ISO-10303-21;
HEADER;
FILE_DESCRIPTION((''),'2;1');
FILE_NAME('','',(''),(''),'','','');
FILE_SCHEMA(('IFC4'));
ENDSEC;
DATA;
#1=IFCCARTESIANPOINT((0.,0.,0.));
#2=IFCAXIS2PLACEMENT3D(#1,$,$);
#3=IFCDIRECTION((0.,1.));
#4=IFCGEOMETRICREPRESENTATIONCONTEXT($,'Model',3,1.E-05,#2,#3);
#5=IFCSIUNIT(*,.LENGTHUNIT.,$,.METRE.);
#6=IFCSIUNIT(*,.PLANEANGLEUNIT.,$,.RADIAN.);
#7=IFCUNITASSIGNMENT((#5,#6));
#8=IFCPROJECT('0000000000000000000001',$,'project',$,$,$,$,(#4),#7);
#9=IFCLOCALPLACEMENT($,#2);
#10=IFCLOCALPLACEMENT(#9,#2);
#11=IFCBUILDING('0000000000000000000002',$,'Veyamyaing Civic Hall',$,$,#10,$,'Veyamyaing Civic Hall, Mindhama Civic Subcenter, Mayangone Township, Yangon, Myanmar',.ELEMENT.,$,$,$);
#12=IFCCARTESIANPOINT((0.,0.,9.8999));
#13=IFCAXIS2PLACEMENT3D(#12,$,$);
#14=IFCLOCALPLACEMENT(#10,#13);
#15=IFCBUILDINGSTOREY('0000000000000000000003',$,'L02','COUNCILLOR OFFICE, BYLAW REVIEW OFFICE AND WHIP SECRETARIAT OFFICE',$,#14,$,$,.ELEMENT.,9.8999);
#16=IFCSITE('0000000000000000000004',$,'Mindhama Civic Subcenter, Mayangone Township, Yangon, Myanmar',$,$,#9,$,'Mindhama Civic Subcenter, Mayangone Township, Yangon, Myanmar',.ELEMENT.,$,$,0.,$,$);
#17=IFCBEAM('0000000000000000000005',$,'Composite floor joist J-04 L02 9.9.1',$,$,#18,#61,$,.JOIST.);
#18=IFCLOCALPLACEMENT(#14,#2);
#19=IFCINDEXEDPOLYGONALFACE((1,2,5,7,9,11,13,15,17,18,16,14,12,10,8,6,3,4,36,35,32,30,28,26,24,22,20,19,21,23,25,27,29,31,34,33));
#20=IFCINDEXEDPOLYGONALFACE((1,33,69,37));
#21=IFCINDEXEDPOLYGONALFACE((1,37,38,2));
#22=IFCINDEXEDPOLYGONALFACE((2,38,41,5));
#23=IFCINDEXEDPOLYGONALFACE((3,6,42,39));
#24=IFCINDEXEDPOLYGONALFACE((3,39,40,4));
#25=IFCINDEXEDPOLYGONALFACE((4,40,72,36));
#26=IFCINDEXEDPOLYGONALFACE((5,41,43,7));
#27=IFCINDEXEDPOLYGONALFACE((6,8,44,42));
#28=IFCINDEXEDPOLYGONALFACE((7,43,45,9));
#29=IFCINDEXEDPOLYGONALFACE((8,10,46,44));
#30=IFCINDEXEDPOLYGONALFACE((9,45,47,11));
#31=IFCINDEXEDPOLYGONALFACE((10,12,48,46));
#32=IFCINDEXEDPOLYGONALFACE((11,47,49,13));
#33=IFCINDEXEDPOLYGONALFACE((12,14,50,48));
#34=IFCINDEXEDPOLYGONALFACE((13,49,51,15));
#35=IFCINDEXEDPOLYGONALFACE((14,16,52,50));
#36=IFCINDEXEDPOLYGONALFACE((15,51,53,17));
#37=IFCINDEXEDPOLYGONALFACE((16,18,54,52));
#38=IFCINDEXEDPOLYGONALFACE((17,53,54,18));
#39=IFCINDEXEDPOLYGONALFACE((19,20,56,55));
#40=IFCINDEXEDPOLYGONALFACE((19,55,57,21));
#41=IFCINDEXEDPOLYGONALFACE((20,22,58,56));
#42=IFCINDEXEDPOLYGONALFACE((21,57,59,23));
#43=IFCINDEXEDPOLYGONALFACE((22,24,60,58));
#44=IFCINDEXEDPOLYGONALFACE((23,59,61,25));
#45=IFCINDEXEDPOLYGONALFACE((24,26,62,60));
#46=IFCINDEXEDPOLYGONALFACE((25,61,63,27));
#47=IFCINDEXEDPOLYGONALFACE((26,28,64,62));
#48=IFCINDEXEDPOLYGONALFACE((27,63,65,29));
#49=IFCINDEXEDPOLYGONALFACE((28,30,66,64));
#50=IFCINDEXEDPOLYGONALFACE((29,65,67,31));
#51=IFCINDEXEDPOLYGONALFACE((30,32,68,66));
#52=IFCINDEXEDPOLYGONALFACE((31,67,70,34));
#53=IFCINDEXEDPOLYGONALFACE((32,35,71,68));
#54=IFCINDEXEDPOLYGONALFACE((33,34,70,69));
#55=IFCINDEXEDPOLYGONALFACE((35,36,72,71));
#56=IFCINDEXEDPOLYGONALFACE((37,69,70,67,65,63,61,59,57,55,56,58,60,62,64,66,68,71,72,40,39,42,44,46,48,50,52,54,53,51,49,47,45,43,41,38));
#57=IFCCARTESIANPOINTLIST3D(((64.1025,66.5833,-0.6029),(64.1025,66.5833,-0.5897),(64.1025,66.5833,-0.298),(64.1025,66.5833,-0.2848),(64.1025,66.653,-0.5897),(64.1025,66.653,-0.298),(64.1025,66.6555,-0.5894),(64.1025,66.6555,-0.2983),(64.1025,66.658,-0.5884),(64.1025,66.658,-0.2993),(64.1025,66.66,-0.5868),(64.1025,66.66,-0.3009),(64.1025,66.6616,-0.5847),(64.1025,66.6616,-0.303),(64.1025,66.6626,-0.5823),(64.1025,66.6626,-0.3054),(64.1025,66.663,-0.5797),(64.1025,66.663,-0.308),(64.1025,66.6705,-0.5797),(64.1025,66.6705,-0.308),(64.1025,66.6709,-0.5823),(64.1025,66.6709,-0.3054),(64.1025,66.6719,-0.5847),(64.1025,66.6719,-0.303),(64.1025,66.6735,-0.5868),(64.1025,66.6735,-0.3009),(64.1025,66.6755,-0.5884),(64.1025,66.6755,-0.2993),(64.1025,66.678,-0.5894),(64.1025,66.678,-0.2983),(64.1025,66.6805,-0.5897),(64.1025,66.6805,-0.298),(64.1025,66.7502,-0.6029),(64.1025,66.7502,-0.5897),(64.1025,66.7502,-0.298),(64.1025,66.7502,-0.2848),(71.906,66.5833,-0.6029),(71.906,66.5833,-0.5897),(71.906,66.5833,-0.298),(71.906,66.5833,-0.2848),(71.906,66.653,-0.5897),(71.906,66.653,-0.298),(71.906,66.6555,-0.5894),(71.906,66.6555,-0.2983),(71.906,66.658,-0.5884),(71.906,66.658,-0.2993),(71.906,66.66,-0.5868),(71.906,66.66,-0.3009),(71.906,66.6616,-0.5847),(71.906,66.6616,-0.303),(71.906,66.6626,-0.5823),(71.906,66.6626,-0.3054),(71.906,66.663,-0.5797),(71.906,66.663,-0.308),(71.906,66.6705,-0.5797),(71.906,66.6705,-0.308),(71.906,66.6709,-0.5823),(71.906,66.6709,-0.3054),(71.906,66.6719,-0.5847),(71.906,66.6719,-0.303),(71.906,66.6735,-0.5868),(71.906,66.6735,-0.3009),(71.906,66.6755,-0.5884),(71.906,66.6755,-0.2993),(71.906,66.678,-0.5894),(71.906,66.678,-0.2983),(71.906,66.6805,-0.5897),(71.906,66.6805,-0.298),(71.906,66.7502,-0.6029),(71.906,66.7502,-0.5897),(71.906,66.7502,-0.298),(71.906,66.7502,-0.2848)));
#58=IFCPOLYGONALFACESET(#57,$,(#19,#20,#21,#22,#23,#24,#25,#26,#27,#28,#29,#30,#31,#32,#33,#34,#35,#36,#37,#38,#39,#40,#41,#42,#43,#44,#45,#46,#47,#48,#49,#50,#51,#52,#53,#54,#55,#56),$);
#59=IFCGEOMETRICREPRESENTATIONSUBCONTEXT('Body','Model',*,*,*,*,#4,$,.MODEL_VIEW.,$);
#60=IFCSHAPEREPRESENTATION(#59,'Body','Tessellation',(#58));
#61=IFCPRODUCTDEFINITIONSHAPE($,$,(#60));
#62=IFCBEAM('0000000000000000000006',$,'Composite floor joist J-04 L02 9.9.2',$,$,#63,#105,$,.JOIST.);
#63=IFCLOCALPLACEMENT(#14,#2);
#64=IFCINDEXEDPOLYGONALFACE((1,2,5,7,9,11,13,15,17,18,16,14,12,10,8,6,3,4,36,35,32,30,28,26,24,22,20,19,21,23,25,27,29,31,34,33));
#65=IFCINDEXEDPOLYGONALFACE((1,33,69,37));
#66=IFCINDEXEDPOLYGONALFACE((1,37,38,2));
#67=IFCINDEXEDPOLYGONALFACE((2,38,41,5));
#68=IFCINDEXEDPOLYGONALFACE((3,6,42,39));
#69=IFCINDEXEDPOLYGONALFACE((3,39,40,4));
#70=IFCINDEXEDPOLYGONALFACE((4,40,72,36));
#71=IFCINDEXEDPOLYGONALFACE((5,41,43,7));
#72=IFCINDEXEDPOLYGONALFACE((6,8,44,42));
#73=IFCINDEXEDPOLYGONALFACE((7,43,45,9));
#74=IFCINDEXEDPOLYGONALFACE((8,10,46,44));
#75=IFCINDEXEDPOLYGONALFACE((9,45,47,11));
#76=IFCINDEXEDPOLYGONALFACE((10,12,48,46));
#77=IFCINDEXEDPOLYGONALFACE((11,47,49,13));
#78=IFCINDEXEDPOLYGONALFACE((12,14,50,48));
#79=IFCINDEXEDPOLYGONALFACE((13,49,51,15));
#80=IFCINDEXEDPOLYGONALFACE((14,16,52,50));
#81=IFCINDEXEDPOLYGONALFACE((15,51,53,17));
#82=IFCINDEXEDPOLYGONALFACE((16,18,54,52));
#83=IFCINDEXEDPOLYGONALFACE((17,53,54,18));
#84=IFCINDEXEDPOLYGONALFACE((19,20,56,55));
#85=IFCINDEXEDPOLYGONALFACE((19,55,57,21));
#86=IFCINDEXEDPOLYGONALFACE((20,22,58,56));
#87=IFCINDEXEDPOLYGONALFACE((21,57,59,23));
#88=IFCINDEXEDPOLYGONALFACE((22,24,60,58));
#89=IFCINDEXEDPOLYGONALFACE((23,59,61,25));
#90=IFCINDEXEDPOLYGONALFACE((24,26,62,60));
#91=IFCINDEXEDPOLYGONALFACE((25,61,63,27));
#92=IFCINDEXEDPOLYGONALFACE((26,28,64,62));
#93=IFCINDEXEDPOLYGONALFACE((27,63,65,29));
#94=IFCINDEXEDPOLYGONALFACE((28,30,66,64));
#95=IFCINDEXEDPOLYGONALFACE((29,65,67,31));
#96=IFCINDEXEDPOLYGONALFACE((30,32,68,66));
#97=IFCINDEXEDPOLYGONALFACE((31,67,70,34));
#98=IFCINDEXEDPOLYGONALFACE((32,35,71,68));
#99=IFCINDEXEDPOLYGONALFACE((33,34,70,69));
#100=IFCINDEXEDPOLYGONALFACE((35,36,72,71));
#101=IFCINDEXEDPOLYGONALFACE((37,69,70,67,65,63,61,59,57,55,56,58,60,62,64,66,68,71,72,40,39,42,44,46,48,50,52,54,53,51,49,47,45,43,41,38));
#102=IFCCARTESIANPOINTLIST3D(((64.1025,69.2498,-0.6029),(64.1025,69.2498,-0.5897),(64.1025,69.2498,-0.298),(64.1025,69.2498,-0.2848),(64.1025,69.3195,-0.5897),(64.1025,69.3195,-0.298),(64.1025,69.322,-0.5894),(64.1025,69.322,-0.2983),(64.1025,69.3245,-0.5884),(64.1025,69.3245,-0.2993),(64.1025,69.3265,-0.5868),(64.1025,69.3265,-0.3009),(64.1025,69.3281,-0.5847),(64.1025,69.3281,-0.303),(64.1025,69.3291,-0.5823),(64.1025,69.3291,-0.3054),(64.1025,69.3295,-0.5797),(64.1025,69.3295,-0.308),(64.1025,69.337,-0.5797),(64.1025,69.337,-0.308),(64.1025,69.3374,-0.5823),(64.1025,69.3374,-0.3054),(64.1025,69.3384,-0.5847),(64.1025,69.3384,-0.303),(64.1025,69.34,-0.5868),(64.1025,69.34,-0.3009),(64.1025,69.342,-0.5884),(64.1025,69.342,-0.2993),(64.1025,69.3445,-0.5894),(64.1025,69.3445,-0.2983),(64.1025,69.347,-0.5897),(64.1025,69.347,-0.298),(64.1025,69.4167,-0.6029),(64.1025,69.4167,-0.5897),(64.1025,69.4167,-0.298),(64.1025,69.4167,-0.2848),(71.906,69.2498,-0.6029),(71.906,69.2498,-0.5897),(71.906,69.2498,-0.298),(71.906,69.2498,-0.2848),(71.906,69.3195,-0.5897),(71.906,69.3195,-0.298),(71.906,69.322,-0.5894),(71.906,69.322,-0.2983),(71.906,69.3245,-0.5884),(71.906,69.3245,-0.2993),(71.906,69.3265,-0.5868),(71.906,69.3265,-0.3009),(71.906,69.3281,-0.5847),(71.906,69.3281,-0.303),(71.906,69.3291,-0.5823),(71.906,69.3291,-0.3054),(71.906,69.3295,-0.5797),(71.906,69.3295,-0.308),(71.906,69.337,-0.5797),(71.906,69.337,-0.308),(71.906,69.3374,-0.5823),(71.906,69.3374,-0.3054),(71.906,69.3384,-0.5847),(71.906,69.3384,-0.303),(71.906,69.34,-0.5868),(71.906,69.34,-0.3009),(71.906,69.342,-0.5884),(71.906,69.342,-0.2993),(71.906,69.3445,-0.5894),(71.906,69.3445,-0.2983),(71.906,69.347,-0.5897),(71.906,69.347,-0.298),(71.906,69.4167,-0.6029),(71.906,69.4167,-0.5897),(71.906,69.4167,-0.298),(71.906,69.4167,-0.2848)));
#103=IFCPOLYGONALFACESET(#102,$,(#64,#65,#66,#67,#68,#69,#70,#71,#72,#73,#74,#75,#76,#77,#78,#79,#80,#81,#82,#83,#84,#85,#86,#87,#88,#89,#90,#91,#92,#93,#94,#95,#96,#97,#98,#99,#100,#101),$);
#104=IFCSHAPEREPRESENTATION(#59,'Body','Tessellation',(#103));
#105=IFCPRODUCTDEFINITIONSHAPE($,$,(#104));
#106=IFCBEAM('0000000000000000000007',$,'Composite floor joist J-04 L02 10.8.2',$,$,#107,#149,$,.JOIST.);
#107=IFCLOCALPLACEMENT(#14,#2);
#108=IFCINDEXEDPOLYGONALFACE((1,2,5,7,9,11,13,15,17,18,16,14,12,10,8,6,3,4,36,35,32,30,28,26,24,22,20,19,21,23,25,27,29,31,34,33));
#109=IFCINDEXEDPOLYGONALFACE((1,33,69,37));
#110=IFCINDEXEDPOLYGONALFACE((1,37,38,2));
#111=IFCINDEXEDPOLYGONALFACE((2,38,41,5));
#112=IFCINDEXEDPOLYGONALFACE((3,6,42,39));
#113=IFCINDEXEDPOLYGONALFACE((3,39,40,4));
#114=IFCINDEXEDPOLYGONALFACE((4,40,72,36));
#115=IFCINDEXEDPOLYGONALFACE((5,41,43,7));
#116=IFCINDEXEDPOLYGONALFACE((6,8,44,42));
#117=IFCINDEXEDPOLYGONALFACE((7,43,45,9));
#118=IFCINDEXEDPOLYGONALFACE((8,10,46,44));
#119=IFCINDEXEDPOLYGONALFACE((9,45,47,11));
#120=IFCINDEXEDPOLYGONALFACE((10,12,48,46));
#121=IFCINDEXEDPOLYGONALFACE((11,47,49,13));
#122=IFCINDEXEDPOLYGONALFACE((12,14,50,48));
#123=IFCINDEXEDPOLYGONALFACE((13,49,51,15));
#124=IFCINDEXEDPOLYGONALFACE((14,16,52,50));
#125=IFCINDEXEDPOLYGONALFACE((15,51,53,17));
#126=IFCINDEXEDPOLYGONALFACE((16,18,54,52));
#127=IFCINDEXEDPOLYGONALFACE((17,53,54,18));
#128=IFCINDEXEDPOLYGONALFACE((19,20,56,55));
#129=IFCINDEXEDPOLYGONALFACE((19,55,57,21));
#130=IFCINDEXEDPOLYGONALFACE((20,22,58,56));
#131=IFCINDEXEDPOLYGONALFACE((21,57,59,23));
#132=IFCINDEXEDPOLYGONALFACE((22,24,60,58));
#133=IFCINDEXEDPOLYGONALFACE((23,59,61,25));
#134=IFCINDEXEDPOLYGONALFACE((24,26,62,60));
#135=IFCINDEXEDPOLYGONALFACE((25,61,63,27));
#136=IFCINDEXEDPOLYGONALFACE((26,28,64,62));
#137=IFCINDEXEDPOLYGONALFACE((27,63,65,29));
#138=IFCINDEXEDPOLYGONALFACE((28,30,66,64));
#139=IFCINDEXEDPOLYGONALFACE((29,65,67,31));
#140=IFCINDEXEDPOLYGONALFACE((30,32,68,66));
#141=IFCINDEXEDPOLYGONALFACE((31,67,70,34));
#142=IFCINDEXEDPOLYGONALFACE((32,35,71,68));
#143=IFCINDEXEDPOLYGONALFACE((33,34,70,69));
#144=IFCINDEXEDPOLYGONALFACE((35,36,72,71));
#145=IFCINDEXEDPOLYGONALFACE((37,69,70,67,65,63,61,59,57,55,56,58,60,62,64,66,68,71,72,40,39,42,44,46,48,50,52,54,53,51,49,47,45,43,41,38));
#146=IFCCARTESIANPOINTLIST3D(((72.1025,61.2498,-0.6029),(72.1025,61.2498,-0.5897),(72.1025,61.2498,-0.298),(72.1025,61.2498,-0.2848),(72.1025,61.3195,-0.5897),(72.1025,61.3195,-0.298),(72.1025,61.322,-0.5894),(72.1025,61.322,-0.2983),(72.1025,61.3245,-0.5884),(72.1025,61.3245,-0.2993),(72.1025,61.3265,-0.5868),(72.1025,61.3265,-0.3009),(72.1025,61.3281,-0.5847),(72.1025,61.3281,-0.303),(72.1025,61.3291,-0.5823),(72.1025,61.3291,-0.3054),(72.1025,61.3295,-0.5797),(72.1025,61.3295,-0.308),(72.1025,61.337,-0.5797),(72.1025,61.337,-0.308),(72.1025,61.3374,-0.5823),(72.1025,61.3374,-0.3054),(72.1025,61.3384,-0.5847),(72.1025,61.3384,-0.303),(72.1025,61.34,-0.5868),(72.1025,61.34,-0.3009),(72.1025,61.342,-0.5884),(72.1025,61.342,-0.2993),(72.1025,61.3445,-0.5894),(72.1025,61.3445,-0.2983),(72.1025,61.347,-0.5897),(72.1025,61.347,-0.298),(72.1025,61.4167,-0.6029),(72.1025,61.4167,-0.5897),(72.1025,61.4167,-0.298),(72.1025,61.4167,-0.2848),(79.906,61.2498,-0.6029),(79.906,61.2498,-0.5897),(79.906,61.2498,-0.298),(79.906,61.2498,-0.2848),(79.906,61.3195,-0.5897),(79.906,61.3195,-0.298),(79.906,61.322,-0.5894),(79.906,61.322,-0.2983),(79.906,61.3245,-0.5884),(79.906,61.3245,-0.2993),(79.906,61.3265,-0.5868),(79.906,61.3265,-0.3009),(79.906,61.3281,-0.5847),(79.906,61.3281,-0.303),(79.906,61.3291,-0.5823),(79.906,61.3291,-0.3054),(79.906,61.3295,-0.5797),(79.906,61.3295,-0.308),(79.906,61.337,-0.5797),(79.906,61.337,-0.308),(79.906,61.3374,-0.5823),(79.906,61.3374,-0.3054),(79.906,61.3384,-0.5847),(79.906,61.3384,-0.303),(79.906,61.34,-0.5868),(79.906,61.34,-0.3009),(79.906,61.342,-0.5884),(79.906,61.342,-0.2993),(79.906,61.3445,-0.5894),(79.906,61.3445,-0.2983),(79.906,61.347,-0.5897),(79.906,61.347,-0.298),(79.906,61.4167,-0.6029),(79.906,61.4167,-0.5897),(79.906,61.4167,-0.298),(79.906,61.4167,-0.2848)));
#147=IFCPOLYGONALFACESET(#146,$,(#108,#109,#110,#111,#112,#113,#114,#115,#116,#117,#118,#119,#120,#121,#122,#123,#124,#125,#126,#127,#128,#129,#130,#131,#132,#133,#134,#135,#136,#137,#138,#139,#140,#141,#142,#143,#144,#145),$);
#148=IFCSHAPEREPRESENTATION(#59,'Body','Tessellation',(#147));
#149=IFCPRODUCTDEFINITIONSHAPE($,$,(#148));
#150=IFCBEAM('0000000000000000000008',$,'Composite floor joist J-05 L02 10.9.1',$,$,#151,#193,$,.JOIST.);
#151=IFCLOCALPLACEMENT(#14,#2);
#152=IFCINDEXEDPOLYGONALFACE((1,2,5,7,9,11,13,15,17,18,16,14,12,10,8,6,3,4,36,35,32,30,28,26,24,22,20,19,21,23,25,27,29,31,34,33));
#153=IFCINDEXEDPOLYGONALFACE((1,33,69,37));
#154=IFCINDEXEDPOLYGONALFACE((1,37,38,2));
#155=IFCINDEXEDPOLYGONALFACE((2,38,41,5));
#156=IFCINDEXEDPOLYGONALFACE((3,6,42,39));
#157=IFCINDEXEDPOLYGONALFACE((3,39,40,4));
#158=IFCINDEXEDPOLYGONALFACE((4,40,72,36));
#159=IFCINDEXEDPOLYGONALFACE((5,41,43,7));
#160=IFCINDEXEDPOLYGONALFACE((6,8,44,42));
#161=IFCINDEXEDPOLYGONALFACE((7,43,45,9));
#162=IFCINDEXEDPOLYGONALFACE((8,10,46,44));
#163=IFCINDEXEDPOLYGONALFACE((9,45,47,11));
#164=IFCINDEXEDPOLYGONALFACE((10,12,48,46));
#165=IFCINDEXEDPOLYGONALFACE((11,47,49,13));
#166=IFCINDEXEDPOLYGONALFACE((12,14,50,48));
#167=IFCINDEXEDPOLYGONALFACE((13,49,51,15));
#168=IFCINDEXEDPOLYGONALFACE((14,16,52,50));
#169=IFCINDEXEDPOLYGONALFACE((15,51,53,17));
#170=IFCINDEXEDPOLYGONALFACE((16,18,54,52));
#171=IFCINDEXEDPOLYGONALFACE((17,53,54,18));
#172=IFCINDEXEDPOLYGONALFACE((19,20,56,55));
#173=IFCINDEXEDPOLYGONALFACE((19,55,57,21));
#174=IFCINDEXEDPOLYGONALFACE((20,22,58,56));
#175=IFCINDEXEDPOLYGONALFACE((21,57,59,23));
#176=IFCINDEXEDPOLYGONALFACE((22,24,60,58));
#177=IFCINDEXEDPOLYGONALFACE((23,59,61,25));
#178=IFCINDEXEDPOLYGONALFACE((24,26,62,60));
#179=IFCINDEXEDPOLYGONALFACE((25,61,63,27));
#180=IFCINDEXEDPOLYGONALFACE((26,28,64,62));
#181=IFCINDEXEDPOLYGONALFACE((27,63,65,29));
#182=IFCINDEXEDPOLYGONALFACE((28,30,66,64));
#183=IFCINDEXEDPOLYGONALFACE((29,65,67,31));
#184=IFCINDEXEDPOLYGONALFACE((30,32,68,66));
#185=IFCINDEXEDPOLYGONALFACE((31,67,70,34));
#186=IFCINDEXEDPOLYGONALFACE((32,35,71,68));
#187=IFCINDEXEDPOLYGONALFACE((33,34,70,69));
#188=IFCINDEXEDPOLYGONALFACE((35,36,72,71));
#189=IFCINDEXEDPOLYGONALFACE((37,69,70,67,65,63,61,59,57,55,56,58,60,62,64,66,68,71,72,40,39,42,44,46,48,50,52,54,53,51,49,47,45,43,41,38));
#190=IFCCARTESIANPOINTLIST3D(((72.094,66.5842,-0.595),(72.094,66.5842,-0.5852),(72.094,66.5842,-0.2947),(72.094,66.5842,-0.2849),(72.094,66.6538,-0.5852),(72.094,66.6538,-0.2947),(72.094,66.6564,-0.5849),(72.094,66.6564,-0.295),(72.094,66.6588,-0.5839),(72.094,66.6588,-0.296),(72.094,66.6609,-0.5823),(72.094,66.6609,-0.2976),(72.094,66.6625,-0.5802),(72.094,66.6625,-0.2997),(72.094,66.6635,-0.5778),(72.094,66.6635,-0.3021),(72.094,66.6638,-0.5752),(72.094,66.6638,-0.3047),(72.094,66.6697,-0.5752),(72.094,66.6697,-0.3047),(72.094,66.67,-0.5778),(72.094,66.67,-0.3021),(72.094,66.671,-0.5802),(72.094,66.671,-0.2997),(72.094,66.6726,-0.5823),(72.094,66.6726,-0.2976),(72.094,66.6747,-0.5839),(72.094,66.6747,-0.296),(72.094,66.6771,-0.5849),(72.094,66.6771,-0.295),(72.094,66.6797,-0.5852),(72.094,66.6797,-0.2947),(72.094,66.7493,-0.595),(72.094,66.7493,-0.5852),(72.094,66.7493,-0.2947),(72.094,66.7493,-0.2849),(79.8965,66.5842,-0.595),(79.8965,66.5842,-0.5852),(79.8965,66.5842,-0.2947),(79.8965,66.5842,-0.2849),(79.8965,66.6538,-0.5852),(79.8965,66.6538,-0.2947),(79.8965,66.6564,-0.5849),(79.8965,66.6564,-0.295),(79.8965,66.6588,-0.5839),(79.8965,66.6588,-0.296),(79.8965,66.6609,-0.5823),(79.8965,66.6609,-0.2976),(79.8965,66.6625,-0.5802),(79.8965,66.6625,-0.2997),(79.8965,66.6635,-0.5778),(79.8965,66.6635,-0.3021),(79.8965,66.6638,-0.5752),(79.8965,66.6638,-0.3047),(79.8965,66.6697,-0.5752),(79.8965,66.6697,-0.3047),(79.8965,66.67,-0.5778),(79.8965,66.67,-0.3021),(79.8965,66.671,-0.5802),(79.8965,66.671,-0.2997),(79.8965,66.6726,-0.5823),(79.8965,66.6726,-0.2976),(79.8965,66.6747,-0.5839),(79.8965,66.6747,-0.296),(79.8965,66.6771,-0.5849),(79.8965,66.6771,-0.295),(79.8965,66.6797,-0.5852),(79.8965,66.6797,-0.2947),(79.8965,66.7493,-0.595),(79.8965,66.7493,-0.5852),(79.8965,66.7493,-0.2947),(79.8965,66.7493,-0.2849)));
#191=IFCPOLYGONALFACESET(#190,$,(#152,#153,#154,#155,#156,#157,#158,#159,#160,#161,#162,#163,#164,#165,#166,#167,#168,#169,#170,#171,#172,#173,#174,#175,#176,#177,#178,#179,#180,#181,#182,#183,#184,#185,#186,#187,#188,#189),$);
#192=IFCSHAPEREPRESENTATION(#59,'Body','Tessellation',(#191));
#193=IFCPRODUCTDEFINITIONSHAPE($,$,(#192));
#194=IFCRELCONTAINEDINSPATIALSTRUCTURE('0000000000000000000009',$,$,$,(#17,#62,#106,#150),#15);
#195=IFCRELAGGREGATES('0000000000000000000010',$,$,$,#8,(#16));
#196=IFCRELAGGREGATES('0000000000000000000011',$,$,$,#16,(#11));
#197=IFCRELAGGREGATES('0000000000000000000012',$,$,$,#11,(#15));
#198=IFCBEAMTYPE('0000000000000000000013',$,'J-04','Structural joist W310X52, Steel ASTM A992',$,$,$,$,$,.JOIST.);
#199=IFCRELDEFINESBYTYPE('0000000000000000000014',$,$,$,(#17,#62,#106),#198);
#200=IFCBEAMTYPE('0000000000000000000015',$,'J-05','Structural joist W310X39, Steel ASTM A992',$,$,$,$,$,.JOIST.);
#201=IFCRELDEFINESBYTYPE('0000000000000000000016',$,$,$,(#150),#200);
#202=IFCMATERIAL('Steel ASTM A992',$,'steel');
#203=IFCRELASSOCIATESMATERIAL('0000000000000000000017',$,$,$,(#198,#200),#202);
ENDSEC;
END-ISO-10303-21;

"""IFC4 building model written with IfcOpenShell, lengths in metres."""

from ifc_helpers import new_model, si_unit, direction, frame, origin, origin_2d, place, context, subcontext, project, spatial, i_section, extrude, material, material_profile, profile_set, type_object, element, save


model = new_model("IFC4")

# Units and contexts
model_context = context("Model", 3, precision=1e-05, world=origin(), true_north=direction((0.0, 1.0)))
body_context = subcontext(model_context, "Body", "Model", "MODEL_VIEW")
ifc_project = project(units=[si_unit("LENGTHUNIT", "METRE"), si_unit("PLANEANGLEUNIT", "RADIAN")], contexts=[model_context])

# Site, building, storey
site_placement = place(None, origin())
site = spatial("IfcSite", under=ifc_project, at=site_placement, Name="Mindhama Civic Subcenter, Mayangone Township, Yangon, Myanmar", LongName="Mindhama Civic Subcenter, Mayangone Township, Yangon, Myanmar", CompositionType="ELEMENT", RefElevation=0.0)
building_placement = place(site_placement, origin())
building = spatial("IfcBuilding", under=site, at=building_placement, Name="Veyamyaing Civic Hall", LongName="Veyamyaing Civic Hall, Mindhama Civic Subcenter, Mayangone Township, Yangon, Myanmar", CompositionType="ELEMENT")
storey_placement = place(building_placement, frame((0.0, 0.0, 9.8999)))
storey = spatial("IfcBuildingStorey", under=building, at=storey_placement, Name="L02", Description="COUNCILLOR OFFICE, BYLAW REVIEW OFFICE AND WHIP SECRETARIAT OFFICE", CompositionType="ELEMENT", Elevation=9.8999)

# Beams
ifc_material_1 = material(Name="Steel ASTM A992", Category="steel")
ifc_material_profile_1 = material_profile(ifc_material_1, i_section(OverallWidth=0.167, OverallDepth=0.3181, WebThickness=0.0076, FlangeThickness=0.0132, FilletRadius=0.01, at=origin_2d()), Name="W310X52")
ifc_profile_set_1 = profile_set([ifc_material_profile_1], Name="Steel ASTM A992")
beam_type_1 = type_object("IfcBeamType", Name="J-04", Description="Structural joist W310X52, Steel ASTM A992", PredefinedType="JOIST", material=ifc_profile_set_1)
for number, where, z_axis, x_axis, name in (
    (1, (64.1025, 66.6667, -0.4438), (1.0, 0.0, 0.0), (0.0, 1.0, 0.0), "Composite floor joist J-04 L02 9.9.1"),
    (2, (64.1025, 69.3333, -0.4438), (1.0, 0.0, 0.0), (0.0, 1.0, 0.0), "Composite floor joist J-04 L02 9.9.2"),
    (3, (72.1025, 61.3333, -0.4438), (1.0, 0.0, 0.0), (0.0, 1.0, 0.0), "Composite floor joist J-04 L02 10.8.2"),
):
    element("IfcBeam", number, at=place(storey_placement, frame(where, z_axis=z_axis, x_axis=x_axis)), inside=storey, type_object=beam_type_1, Name=name, PredefinedType="JOIST", context=body_context, shape_type="SweptSolid", body=[
        extrude(i_section(OverallWidth=0.167, OverallDepth=0.3181, WebThickness=0.0076, FlangeThickness=0.0132, FilletRadius=0.01, at=origin_2d()), origin(), (0.0, 0.0, 1.0), 7.8035),
    ])
ifc_material_profile_2 = material_profile(ifc_material_1, i_section(OverallWidth=0.165, OverallDepth=0.3101, WebThickness=0.0059, FlangeThickness=0.0098, FilletRadius=0.01, at=origin_2d()), Name="W310X39")
ifc_profile_set_2 = profile_set([ifc_material_profile_2], Name="Steel ASTM A992")
beam_type_2 = type_object("IfcBeamType", Name="J-05", Description="Structural joist W310X39, Steel ASTM A992", PredefinedType="JOIST", material=ifc_profile_set_2)
for number, where, z_axis, x_axis, name in (
    (4, (72.094, 66.6667, -0.4399), (1.0, 0.0, 0.0), (0.0, 1.0, 0.0), "Composite floor joist J-05 L02 10.9.1"),
):
    element("IfcBeam", number, at=place(storey_placement, frame(where, z_axis=z_axis, x_axis=x_axis)), inside=storey, type_object=beam_type_2, Name=name, PredefinedType="JOIST", context=body_context, shape_type="SweptSolid", body=[
        extrude(i_section(OverallWidth=0.165, OverallDepth=0.3101, WebThickness=0.0059, FlangeThickness=0.0098, FilletRadius=0.01, at=origin_2d()), origin(), (0.0, 0.0, 1.0), 7.8025),
    ])

save(model, "model.ifc")
